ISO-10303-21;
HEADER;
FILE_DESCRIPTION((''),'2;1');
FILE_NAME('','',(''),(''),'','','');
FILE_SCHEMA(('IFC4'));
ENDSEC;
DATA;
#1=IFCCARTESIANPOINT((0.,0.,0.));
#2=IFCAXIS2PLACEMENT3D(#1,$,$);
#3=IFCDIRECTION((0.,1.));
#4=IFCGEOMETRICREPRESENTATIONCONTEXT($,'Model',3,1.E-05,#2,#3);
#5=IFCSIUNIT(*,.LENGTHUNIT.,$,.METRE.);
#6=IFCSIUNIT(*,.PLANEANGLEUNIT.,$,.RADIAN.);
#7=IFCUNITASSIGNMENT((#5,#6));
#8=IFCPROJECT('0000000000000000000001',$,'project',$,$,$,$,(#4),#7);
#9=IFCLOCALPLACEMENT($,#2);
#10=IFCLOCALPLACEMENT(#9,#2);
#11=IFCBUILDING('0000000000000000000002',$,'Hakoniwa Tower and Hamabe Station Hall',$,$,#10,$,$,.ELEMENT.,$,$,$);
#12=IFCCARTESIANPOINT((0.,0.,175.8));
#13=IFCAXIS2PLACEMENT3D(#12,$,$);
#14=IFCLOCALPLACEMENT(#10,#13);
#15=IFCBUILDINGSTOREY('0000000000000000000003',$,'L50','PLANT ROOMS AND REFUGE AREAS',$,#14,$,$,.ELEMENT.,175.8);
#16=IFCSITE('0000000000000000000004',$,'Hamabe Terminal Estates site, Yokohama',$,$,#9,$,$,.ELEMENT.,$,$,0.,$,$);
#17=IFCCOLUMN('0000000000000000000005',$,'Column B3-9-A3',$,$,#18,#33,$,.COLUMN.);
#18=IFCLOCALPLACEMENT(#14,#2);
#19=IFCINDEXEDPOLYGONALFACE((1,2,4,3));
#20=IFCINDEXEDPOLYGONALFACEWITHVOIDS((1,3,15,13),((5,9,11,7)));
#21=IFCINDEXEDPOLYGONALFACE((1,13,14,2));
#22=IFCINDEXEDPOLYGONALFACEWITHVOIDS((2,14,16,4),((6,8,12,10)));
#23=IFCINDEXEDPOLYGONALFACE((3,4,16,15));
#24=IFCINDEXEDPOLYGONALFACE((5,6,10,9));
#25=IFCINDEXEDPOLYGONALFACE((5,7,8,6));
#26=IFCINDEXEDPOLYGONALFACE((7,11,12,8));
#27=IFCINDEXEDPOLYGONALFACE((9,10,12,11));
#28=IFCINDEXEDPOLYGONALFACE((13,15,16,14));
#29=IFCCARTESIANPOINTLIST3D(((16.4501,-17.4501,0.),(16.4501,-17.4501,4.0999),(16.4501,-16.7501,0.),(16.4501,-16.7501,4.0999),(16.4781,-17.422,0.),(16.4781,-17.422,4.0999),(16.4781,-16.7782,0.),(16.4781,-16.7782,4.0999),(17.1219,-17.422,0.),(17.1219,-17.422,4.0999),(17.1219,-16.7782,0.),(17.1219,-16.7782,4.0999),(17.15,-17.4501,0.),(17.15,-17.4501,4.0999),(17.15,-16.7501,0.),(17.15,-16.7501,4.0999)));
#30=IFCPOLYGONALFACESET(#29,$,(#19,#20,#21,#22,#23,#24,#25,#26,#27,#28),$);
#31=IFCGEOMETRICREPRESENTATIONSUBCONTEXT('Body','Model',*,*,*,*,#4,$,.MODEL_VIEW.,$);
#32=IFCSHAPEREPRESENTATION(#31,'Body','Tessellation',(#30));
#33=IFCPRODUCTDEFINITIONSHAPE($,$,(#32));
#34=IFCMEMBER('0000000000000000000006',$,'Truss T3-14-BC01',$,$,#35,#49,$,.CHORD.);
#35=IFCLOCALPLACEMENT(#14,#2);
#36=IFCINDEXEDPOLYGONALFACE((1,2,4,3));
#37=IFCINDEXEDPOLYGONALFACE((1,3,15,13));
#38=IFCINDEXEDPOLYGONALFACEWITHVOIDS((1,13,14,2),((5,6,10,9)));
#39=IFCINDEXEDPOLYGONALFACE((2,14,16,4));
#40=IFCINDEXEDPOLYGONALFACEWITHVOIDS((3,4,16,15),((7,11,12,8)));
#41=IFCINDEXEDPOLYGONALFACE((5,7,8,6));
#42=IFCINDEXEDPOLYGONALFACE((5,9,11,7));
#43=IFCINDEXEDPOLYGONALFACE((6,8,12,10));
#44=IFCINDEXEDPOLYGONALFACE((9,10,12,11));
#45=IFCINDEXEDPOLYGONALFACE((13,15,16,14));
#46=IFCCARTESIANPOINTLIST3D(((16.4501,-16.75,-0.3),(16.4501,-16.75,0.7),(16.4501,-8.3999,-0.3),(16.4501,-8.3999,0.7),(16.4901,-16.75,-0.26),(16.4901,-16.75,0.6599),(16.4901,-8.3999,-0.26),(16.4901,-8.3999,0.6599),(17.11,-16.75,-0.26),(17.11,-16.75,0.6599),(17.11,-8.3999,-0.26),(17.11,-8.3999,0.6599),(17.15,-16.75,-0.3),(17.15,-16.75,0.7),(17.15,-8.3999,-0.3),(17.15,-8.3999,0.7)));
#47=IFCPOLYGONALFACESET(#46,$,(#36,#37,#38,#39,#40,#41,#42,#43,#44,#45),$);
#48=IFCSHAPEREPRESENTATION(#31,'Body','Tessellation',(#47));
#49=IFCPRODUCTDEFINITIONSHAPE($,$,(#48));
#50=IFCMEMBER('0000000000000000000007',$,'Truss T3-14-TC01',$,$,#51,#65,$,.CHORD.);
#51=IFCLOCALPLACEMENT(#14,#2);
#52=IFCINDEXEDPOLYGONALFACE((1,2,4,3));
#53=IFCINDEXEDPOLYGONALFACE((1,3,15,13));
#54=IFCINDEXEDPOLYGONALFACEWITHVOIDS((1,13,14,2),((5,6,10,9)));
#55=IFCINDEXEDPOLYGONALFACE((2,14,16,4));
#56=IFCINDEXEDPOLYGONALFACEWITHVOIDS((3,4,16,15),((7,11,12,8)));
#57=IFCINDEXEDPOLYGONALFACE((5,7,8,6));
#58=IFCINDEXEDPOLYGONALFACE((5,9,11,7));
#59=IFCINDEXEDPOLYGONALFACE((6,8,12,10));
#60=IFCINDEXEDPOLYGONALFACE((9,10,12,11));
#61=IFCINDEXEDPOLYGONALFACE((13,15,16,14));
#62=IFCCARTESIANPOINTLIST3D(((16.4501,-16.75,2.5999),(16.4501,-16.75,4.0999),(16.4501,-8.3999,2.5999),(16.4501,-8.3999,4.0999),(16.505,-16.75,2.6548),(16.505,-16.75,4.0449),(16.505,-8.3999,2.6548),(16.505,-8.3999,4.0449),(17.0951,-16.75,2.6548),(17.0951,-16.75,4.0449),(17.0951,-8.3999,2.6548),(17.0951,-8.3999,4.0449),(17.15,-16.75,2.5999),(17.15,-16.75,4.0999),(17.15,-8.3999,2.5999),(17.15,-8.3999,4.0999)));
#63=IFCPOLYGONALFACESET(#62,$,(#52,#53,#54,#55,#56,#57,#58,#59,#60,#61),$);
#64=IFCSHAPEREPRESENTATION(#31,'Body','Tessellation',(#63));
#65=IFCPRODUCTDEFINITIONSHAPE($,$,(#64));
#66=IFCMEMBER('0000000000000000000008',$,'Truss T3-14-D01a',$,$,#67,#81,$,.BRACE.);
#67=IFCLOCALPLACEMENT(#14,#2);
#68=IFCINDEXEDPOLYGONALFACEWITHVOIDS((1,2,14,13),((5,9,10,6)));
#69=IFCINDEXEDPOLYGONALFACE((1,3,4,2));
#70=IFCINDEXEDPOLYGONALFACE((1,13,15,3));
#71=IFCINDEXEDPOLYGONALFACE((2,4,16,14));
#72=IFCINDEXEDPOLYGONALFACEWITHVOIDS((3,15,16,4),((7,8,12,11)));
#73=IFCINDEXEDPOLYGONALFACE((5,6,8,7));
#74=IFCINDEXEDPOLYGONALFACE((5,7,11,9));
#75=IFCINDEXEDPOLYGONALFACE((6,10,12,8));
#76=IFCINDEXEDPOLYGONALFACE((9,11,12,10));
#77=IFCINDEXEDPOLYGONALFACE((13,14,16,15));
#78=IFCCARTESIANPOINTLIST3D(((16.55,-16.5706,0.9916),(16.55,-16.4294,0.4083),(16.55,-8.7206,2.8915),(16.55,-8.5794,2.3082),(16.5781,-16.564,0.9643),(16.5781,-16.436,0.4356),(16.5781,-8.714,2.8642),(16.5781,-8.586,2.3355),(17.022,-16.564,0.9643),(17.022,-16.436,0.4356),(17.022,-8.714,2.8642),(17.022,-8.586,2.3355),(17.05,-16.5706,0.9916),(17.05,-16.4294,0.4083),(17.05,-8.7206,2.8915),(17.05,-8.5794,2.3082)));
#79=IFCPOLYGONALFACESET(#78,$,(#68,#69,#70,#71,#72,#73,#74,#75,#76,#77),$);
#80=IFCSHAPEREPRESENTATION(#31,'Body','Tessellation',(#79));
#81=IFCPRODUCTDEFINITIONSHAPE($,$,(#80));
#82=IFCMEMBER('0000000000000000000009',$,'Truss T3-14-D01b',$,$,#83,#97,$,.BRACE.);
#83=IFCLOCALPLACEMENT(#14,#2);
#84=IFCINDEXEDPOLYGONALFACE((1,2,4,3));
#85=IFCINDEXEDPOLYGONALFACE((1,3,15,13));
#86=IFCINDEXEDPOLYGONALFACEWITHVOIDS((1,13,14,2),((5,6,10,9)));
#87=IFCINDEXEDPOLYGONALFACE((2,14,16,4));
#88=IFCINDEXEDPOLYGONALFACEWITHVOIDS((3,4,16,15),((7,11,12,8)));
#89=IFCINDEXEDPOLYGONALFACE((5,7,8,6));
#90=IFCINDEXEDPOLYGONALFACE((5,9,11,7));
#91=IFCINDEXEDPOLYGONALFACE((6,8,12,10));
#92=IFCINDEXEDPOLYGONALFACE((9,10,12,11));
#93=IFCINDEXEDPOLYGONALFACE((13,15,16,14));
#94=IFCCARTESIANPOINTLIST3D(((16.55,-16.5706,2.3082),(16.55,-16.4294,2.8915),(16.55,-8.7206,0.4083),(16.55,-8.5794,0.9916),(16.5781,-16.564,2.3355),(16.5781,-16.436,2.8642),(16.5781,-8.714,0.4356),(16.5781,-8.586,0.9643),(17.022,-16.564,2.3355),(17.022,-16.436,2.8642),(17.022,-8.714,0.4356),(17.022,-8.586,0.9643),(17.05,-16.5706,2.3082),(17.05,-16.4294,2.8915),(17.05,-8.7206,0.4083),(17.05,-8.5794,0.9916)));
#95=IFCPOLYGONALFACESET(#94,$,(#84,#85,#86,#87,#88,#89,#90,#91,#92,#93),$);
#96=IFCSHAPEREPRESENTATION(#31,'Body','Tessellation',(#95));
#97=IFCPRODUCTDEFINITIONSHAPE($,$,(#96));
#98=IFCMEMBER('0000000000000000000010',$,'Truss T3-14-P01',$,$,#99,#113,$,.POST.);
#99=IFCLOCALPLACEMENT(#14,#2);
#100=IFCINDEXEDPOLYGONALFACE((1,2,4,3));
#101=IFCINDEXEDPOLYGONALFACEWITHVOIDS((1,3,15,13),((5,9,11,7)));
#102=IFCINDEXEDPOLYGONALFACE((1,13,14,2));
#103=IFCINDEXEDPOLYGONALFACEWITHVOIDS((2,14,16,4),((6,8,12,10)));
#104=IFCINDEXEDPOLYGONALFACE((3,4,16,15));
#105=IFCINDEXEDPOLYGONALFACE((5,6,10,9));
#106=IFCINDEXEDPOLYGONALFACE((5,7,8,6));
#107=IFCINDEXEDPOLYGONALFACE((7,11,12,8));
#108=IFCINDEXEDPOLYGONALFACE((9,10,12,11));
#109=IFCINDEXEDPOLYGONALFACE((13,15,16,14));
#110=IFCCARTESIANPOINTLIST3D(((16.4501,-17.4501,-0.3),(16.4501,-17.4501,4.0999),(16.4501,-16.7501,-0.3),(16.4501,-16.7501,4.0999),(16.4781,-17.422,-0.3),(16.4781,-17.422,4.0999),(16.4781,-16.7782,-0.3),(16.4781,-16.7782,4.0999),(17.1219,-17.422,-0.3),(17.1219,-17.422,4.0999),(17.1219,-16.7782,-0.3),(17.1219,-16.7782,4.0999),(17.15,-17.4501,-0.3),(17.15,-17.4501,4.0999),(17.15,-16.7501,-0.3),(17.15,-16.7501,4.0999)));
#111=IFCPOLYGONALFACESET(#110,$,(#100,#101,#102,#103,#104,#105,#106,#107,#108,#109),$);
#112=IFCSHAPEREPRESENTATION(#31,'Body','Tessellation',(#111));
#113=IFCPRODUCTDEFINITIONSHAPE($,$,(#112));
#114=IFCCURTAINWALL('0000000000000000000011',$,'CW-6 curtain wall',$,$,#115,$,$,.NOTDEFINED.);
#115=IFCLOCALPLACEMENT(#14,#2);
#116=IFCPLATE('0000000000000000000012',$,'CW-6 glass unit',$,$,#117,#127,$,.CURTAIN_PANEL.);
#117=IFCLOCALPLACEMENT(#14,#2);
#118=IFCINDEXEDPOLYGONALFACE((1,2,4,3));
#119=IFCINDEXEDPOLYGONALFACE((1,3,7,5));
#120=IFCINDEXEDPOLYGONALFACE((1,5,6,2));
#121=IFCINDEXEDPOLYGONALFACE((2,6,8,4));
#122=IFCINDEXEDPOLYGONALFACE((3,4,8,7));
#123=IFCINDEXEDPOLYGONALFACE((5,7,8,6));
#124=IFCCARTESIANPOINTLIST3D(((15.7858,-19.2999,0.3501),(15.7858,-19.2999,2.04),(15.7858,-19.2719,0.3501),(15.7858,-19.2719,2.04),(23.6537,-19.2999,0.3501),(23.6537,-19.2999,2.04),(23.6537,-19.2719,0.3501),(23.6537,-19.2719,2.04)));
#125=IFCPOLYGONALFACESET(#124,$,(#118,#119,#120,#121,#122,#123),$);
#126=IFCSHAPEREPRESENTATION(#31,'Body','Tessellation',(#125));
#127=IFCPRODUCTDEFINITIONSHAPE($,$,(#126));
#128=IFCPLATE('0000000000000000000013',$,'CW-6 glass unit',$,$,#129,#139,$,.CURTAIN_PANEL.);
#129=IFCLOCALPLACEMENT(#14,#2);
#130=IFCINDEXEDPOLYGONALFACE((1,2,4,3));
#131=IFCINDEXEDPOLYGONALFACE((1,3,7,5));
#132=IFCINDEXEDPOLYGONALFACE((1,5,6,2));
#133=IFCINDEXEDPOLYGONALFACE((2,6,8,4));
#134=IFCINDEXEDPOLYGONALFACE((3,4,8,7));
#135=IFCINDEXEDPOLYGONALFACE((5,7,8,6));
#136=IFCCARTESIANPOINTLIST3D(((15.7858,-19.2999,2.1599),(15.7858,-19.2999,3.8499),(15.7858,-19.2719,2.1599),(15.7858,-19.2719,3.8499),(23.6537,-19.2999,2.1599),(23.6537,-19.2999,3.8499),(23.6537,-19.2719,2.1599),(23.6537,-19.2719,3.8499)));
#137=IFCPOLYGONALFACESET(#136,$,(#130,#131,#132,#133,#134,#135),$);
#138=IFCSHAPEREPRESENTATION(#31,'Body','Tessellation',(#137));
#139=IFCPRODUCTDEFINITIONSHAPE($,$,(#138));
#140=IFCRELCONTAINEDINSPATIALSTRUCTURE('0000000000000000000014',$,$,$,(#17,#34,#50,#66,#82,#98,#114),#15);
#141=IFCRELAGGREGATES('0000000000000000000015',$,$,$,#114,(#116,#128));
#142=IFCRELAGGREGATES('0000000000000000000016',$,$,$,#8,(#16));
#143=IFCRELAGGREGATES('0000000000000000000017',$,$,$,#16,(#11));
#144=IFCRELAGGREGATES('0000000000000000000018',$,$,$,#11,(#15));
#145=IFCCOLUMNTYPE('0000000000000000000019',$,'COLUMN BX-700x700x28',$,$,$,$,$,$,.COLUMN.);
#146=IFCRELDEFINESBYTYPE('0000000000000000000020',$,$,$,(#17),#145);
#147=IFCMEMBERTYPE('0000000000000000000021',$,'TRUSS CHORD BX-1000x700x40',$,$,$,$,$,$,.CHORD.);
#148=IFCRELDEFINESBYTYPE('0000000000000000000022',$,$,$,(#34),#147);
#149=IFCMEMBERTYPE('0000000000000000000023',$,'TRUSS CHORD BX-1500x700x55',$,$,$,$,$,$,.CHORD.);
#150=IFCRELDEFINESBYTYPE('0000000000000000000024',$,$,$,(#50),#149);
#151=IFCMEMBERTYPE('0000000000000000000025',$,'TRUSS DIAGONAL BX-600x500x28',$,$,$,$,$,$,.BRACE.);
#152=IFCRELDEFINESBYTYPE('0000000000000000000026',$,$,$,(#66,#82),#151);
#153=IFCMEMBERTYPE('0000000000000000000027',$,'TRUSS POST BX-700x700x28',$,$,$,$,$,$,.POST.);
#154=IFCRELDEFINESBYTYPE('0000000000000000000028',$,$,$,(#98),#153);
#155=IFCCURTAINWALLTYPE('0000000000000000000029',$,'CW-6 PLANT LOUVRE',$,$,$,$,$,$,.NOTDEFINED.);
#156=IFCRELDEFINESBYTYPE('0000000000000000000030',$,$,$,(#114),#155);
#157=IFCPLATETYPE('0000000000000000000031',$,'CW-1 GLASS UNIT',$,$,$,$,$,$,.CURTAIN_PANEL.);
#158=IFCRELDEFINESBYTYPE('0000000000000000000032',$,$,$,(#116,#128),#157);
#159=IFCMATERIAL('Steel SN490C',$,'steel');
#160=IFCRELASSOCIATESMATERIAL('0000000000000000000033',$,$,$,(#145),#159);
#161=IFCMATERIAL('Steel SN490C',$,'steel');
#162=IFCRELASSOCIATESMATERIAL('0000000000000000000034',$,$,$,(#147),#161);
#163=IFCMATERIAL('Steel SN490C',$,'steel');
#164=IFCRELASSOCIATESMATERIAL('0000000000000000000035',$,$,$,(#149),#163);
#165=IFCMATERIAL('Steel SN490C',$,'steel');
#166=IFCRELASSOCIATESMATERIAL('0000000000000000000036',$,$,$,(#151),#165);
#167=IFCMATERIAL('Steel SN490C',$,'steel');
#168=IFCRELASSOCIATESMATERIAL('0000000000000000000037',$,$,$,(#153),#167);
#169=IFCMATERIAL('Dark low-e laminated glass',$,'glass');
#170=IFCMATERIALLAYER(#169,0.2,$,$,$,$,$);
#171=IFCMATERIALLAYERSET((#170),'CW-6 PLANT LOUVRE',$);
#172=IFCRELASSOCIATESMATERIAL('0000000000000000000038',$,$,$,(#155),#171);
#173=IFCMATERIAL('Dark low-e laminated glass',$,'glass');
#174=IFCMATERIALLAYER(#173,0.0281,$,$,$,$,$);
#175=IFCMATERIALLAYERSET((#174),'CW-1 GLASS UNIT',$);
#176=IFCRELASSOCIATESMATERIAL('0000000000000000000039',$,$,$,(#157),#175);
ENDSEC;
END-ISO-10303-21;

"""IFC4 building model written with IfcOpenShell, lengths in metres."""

from ifc_helpers import new_model, si_unit, direction, frame, origin, origin_2d, place, context, subcontext, project, spatial, rectangle, hollow_rectangle, extrude, material, layer, layer_set, material_profile, profile_set, type_object, element, aggregate, save


model = new_model("IFC4")

# Units and contexts
model_context = context("Model", 3, precision=1e-05, world=origin(), true_north=direction((0.0, 1.0)))
body_context = subcontext(model_context, "Body", "Model", "MODEL_VIEW")
ifc_project = project(units=[si_unit("LENGTHUNIT", "METRE"), si_unit("PLANEANGLEUNIT", "RADIAN")], contexts=[model_context])

# Site, building, storey
site_placement = place(None, origin())
site = spatial("IfcSite", under=ifc_project, at=site_placement, Name="Hamabe Terminal Estates site, Yokohama", CompositionType="ELEMENT", RefElevation=0.0)
building_placement = place(site_placement, origin())
building = spatial("IfcBuilding", under=site, at=building_placement, Name="Hakoniwa Tower and Hamabe Station Hall", CompositionType="ELEMENT")
storey_placement = place(building_placement, frame((0.0, 0.0, 175.8)))
storey = spatial("IfcBuildingStorey", under=building, at=storey_placement, Name="L50", Description="PLANT ROOMS AND REFUGE AREAS", CompositionType="ELEMENT", Elevation=175.8)

# Column
ifc_material_1 = material(Name="Steel SN490C", Category="steel")
ifc_material_profile_1 = material_profile(ifc_material_1, hollow_rectangle(XDim=0.7, YDim=0.7, WallThickness=0.0281, at=origin_2d()), Name="BX-700x700x28")
ifc_profile_set_1 = profile_set([ifc_material_profile_1], Name="Steel SN490C")
column_type = type_object("IfcColumnType", Name="COLUMN BX-700x700x28", PredefinedType="COLUMN", material=ifc_profile_set_1)
column_placement = place(storey_placement, frame((16.8, -17.1001, 0.0), z_axis=(0.0, 0.0, 1.0), x_axis=(1.0, 0.0, 0.0)))
element("IfcColumn", 1, at=column_placement, inside=storey, type_object=column_type, Name="Column B3-9-A3", PredefinedType="COLUMN", context=body_context, shape_type="SweptSolid", body=[
    extrude(hollow_rectangle(XDim=0.7, YDim=0.7, WallThickness=0.0281, at=origin_2d()), origin(), (0.0, 0.0, 1.0), 4.0999),
])

# Members
ifc_material_2 = material(Name="Steel SN490C", Category="steel")
ifc_material_profile_2 = material_profile(ifc_material_2, hollow_rectangle(XDim=0.7, YDim=1.0, WallThickness=0.04, at=origin_2d()), Name="BX-1000x700x40")
ifc_profile_set_2 = profile_set([ifc_material_profile_2], Name="Steel SN490C")
member_type_1 = type_object("IfcMemberType", Name="TRUSS CHORD BX-1000x700x40", PredefinedType="CHORD", material=ifc_profile_set_2)
member_1_placement = place(storey_placement, frame((16.8, -16.75, 0.2), z_axis=(0.0, 1.0, 0.0), x_axis=(-1.0, 0.0, 0.0)))
element("IfcMember", 2, at=member_1_placement, inside=storey, type_object=member_type_1, Name="Truss T3-14-BC01", PredefinedType="CHORD", context=body_context, shape_type="SweptSolid", body=[
    extrude(hollow_rectangle(XDim=0.7, YDim=1.0, WallThickness=0.04, at=origin_2d()), origin(), (0.0, 0.0, 1.0), 8.3501),
])
ifc_material_3 = material(Name="Steel SN490C", Category="steel")
ifc_material_profile_3 = material_profile(ifc_material_3, hollow_rectangle(XDim=0.7, YDim=1.5, WallThickness=0.0549, at=origin_2d()), Name="BX-1500x700x55")
ifc_profile_set_3 = profile_set([ifc_material_profile_3], Name="Steel SN490C")
member_type_2 = type_object("IfcMemberType", Name="TRUSS CHORD BX-1500x700x55", PredefinedType="CHORD", material=ifc_profile_set_3)
member_2_placement = place(storey_placement, frame((16.8, -16.75, 3.3499), z_axis=(0.0, 1.0, 0.0), x_axis=(-1.0, 0.0, 0.0)))
element("IfcMember", 3, at=member_2_placement, inside=storey, type_object=member_type_2, Name="Truss T3-14-TC01", PredefinedType="CHORD", context=body_context, shape_type="SweptSolid", body=[
    extrude(hollow_rectangle(XDim=0.7, YDim=1.5, WallThickness=0.0549, at=origin_2d()), origin(), (0.0, 0.0, 1.0), 8.3501),
])
ifc_material_4 = material(Name="Steel SN490C", Category="steel")
ifc_material_profile_4 = material_profile(ifc_material_4, hollow_rectangle(XDim=0.5, YDim=0.6001, WallThickness=0.0281, at=origin_2d()), Name="BX-600x500x28")
ifc_profile_set_4 = profile_set([ifc_material_profile_4], Name="Steel SN490C")
member_type_3 = type_object("IfcMemberType", Name="TRUSS DIAGONAL BX-600x500x28", PredefinedType="BRACE", material=ifc_profile_set_4)
for number, where, z_axis, x_axis, name in (
    (4, (16.8, -16.5, 0.7), (0.0, 0.971939, 0.235231), (-1.0, 0.0, 0.0), "Truss T3-14-D01a"),
    (5, (16.8, -16.5, 2.5999), (0.0, 0.971939, -0.235231), (-1.0, 0.0, 0.0), "Truss T3-14-D01b"),
):
    element("IfcMember", number, at=place(storey_placement, frame(where, z_axis=z_axis, x_axis=x_axis)), inside=storey, type_object=member_type_3, Name=name, PredefinedType="BRACE", context=body_context, shape_type="SweptSolid", body=[
        extrude(hollow_rectangle(XDim=0.5, YDim=0.6001, WallThickness=0.0281, at=origin_2d()), origin(), (0.0, 0.0, 1.0), 8.0767),
    ])
ifc_material_5 = material(Name="Steel SN490C", Category="steel")
ifc_material_profile_5 = material_profile(ifc_material_5, hollow_rectangle(XDim=0.7, YDim=0.7, WallThickness=0.0281, at=origin_2d()), Name="BX-700x700x28")
ifc_profile_set_5 = profile_set([ifc_material_profile_5], Name="Steel SN490C")
member_type_4 = type_object("IfcMemberType", Name="TRUSS POST BX-700x700x28", PredefinedType="POST", material=ifc_profile_set_5)
member_3_placement = place(storey_placement, frame((16.8, -17.1001, -0.3), z_axis=(0.0, 0.0, 1.0), x_axis=(1.0, 0.0, 0.0)))
element("IfcMember", 6, at=member_3_placement, inside=storey, type_object=member_type_4, Name="Truss T3-14-P01", PredefinedType="POST", context=body_context, shape_type="SweptSolid", body=[
    extrude(hollow_rectangle(XDim=0.7, YDim=0.7, WallThickness=0.0281, at=origin_2d()), origin(), (0.0, 0.0, 1.0), 4.3999),
])

# Curtain wall, plates
ifc_material_6 = material(Name="Dark low-e laminated glass", Category="glass")
ifc_layer_1 = layer(ifc_material_6, 0.2)
ifc_layer_set_1 = layer_set([ifc_layer_1], Name="CW-6 PLANT LOUVRE")
curtain_wall_type = type_object("IfcCurtainWallType", Name="CW-6 PLANT LOUVRE", PredefinedType="NOTDEFINED", material=ifc_layer_set_1)
curtain_wall_placement = place(storey_placement, origin())
curtain_wall = element("IfcCurtainWall", 7, at=curtain_wall_placement, inside=storey, type_object=curtain_wall_type, Name="CW-6 curtain wall", PredefinedType="NOTDEFINED")
ifc_material_7 = material(Name="Dark low-e laminated glass", Category="glass")
ifc_layer_2 = layer(ifc_material_7, 0.0281)
ifc_layer_set_2 = layer_set([ifc_layer_2], Name="CW-1 GLASS UNIT")
plate_type = type_object("IfcPlateType", Name="CW-1 GLASS UNIT", PredefinedType="CURTAIN_PANEL", material=ifc_layer_set_2)
plate_1_placement = place(storey_placement, frame((19.7197, -19.2859, 0.3501), z_axis=(0.0, 0.0, 1.0), x_axis=(1.0, 0.0, 0.0)))
plate_1 = element("IfcPlate", 8, at=plate_1_placement, type_object=plate_type, Name="CW-6 glass unit", PredefinedType="CURTAIN_PANEL", context=body_context, shape_type="SweptSolid", body=[
    extrude(rectangle(XDim=7.8679, YDim=0.0281, at=origin_2d()), origin(), (0.0, 0.0, 1.0), 1.6899),
])
plate_2_placement = place(storey_placement, frame((19.7197, -19.2859, 2.1599), z_axis=(0.0, 0.0, 1.0), x_axis=(1.0, 0.0, 0.0)))
plate_2 = element("IfcPlate", 9, at=plate_2_placement, type_object=plate_type, Name="CW-6 glass unit", PredefinedType="CURTAIN_PANEL", context=body_context, shape_type="SweptSolid", body=[
    extrude(rectangle(XDim=7.8679, YDim=0.0281, at=origin_2d()), origin(), (0.0, 0.0, 1.0), 1.6899),
])

aggregate(curtain_wall, [plate_1, plate_2])

save(model, "model.ifc")
